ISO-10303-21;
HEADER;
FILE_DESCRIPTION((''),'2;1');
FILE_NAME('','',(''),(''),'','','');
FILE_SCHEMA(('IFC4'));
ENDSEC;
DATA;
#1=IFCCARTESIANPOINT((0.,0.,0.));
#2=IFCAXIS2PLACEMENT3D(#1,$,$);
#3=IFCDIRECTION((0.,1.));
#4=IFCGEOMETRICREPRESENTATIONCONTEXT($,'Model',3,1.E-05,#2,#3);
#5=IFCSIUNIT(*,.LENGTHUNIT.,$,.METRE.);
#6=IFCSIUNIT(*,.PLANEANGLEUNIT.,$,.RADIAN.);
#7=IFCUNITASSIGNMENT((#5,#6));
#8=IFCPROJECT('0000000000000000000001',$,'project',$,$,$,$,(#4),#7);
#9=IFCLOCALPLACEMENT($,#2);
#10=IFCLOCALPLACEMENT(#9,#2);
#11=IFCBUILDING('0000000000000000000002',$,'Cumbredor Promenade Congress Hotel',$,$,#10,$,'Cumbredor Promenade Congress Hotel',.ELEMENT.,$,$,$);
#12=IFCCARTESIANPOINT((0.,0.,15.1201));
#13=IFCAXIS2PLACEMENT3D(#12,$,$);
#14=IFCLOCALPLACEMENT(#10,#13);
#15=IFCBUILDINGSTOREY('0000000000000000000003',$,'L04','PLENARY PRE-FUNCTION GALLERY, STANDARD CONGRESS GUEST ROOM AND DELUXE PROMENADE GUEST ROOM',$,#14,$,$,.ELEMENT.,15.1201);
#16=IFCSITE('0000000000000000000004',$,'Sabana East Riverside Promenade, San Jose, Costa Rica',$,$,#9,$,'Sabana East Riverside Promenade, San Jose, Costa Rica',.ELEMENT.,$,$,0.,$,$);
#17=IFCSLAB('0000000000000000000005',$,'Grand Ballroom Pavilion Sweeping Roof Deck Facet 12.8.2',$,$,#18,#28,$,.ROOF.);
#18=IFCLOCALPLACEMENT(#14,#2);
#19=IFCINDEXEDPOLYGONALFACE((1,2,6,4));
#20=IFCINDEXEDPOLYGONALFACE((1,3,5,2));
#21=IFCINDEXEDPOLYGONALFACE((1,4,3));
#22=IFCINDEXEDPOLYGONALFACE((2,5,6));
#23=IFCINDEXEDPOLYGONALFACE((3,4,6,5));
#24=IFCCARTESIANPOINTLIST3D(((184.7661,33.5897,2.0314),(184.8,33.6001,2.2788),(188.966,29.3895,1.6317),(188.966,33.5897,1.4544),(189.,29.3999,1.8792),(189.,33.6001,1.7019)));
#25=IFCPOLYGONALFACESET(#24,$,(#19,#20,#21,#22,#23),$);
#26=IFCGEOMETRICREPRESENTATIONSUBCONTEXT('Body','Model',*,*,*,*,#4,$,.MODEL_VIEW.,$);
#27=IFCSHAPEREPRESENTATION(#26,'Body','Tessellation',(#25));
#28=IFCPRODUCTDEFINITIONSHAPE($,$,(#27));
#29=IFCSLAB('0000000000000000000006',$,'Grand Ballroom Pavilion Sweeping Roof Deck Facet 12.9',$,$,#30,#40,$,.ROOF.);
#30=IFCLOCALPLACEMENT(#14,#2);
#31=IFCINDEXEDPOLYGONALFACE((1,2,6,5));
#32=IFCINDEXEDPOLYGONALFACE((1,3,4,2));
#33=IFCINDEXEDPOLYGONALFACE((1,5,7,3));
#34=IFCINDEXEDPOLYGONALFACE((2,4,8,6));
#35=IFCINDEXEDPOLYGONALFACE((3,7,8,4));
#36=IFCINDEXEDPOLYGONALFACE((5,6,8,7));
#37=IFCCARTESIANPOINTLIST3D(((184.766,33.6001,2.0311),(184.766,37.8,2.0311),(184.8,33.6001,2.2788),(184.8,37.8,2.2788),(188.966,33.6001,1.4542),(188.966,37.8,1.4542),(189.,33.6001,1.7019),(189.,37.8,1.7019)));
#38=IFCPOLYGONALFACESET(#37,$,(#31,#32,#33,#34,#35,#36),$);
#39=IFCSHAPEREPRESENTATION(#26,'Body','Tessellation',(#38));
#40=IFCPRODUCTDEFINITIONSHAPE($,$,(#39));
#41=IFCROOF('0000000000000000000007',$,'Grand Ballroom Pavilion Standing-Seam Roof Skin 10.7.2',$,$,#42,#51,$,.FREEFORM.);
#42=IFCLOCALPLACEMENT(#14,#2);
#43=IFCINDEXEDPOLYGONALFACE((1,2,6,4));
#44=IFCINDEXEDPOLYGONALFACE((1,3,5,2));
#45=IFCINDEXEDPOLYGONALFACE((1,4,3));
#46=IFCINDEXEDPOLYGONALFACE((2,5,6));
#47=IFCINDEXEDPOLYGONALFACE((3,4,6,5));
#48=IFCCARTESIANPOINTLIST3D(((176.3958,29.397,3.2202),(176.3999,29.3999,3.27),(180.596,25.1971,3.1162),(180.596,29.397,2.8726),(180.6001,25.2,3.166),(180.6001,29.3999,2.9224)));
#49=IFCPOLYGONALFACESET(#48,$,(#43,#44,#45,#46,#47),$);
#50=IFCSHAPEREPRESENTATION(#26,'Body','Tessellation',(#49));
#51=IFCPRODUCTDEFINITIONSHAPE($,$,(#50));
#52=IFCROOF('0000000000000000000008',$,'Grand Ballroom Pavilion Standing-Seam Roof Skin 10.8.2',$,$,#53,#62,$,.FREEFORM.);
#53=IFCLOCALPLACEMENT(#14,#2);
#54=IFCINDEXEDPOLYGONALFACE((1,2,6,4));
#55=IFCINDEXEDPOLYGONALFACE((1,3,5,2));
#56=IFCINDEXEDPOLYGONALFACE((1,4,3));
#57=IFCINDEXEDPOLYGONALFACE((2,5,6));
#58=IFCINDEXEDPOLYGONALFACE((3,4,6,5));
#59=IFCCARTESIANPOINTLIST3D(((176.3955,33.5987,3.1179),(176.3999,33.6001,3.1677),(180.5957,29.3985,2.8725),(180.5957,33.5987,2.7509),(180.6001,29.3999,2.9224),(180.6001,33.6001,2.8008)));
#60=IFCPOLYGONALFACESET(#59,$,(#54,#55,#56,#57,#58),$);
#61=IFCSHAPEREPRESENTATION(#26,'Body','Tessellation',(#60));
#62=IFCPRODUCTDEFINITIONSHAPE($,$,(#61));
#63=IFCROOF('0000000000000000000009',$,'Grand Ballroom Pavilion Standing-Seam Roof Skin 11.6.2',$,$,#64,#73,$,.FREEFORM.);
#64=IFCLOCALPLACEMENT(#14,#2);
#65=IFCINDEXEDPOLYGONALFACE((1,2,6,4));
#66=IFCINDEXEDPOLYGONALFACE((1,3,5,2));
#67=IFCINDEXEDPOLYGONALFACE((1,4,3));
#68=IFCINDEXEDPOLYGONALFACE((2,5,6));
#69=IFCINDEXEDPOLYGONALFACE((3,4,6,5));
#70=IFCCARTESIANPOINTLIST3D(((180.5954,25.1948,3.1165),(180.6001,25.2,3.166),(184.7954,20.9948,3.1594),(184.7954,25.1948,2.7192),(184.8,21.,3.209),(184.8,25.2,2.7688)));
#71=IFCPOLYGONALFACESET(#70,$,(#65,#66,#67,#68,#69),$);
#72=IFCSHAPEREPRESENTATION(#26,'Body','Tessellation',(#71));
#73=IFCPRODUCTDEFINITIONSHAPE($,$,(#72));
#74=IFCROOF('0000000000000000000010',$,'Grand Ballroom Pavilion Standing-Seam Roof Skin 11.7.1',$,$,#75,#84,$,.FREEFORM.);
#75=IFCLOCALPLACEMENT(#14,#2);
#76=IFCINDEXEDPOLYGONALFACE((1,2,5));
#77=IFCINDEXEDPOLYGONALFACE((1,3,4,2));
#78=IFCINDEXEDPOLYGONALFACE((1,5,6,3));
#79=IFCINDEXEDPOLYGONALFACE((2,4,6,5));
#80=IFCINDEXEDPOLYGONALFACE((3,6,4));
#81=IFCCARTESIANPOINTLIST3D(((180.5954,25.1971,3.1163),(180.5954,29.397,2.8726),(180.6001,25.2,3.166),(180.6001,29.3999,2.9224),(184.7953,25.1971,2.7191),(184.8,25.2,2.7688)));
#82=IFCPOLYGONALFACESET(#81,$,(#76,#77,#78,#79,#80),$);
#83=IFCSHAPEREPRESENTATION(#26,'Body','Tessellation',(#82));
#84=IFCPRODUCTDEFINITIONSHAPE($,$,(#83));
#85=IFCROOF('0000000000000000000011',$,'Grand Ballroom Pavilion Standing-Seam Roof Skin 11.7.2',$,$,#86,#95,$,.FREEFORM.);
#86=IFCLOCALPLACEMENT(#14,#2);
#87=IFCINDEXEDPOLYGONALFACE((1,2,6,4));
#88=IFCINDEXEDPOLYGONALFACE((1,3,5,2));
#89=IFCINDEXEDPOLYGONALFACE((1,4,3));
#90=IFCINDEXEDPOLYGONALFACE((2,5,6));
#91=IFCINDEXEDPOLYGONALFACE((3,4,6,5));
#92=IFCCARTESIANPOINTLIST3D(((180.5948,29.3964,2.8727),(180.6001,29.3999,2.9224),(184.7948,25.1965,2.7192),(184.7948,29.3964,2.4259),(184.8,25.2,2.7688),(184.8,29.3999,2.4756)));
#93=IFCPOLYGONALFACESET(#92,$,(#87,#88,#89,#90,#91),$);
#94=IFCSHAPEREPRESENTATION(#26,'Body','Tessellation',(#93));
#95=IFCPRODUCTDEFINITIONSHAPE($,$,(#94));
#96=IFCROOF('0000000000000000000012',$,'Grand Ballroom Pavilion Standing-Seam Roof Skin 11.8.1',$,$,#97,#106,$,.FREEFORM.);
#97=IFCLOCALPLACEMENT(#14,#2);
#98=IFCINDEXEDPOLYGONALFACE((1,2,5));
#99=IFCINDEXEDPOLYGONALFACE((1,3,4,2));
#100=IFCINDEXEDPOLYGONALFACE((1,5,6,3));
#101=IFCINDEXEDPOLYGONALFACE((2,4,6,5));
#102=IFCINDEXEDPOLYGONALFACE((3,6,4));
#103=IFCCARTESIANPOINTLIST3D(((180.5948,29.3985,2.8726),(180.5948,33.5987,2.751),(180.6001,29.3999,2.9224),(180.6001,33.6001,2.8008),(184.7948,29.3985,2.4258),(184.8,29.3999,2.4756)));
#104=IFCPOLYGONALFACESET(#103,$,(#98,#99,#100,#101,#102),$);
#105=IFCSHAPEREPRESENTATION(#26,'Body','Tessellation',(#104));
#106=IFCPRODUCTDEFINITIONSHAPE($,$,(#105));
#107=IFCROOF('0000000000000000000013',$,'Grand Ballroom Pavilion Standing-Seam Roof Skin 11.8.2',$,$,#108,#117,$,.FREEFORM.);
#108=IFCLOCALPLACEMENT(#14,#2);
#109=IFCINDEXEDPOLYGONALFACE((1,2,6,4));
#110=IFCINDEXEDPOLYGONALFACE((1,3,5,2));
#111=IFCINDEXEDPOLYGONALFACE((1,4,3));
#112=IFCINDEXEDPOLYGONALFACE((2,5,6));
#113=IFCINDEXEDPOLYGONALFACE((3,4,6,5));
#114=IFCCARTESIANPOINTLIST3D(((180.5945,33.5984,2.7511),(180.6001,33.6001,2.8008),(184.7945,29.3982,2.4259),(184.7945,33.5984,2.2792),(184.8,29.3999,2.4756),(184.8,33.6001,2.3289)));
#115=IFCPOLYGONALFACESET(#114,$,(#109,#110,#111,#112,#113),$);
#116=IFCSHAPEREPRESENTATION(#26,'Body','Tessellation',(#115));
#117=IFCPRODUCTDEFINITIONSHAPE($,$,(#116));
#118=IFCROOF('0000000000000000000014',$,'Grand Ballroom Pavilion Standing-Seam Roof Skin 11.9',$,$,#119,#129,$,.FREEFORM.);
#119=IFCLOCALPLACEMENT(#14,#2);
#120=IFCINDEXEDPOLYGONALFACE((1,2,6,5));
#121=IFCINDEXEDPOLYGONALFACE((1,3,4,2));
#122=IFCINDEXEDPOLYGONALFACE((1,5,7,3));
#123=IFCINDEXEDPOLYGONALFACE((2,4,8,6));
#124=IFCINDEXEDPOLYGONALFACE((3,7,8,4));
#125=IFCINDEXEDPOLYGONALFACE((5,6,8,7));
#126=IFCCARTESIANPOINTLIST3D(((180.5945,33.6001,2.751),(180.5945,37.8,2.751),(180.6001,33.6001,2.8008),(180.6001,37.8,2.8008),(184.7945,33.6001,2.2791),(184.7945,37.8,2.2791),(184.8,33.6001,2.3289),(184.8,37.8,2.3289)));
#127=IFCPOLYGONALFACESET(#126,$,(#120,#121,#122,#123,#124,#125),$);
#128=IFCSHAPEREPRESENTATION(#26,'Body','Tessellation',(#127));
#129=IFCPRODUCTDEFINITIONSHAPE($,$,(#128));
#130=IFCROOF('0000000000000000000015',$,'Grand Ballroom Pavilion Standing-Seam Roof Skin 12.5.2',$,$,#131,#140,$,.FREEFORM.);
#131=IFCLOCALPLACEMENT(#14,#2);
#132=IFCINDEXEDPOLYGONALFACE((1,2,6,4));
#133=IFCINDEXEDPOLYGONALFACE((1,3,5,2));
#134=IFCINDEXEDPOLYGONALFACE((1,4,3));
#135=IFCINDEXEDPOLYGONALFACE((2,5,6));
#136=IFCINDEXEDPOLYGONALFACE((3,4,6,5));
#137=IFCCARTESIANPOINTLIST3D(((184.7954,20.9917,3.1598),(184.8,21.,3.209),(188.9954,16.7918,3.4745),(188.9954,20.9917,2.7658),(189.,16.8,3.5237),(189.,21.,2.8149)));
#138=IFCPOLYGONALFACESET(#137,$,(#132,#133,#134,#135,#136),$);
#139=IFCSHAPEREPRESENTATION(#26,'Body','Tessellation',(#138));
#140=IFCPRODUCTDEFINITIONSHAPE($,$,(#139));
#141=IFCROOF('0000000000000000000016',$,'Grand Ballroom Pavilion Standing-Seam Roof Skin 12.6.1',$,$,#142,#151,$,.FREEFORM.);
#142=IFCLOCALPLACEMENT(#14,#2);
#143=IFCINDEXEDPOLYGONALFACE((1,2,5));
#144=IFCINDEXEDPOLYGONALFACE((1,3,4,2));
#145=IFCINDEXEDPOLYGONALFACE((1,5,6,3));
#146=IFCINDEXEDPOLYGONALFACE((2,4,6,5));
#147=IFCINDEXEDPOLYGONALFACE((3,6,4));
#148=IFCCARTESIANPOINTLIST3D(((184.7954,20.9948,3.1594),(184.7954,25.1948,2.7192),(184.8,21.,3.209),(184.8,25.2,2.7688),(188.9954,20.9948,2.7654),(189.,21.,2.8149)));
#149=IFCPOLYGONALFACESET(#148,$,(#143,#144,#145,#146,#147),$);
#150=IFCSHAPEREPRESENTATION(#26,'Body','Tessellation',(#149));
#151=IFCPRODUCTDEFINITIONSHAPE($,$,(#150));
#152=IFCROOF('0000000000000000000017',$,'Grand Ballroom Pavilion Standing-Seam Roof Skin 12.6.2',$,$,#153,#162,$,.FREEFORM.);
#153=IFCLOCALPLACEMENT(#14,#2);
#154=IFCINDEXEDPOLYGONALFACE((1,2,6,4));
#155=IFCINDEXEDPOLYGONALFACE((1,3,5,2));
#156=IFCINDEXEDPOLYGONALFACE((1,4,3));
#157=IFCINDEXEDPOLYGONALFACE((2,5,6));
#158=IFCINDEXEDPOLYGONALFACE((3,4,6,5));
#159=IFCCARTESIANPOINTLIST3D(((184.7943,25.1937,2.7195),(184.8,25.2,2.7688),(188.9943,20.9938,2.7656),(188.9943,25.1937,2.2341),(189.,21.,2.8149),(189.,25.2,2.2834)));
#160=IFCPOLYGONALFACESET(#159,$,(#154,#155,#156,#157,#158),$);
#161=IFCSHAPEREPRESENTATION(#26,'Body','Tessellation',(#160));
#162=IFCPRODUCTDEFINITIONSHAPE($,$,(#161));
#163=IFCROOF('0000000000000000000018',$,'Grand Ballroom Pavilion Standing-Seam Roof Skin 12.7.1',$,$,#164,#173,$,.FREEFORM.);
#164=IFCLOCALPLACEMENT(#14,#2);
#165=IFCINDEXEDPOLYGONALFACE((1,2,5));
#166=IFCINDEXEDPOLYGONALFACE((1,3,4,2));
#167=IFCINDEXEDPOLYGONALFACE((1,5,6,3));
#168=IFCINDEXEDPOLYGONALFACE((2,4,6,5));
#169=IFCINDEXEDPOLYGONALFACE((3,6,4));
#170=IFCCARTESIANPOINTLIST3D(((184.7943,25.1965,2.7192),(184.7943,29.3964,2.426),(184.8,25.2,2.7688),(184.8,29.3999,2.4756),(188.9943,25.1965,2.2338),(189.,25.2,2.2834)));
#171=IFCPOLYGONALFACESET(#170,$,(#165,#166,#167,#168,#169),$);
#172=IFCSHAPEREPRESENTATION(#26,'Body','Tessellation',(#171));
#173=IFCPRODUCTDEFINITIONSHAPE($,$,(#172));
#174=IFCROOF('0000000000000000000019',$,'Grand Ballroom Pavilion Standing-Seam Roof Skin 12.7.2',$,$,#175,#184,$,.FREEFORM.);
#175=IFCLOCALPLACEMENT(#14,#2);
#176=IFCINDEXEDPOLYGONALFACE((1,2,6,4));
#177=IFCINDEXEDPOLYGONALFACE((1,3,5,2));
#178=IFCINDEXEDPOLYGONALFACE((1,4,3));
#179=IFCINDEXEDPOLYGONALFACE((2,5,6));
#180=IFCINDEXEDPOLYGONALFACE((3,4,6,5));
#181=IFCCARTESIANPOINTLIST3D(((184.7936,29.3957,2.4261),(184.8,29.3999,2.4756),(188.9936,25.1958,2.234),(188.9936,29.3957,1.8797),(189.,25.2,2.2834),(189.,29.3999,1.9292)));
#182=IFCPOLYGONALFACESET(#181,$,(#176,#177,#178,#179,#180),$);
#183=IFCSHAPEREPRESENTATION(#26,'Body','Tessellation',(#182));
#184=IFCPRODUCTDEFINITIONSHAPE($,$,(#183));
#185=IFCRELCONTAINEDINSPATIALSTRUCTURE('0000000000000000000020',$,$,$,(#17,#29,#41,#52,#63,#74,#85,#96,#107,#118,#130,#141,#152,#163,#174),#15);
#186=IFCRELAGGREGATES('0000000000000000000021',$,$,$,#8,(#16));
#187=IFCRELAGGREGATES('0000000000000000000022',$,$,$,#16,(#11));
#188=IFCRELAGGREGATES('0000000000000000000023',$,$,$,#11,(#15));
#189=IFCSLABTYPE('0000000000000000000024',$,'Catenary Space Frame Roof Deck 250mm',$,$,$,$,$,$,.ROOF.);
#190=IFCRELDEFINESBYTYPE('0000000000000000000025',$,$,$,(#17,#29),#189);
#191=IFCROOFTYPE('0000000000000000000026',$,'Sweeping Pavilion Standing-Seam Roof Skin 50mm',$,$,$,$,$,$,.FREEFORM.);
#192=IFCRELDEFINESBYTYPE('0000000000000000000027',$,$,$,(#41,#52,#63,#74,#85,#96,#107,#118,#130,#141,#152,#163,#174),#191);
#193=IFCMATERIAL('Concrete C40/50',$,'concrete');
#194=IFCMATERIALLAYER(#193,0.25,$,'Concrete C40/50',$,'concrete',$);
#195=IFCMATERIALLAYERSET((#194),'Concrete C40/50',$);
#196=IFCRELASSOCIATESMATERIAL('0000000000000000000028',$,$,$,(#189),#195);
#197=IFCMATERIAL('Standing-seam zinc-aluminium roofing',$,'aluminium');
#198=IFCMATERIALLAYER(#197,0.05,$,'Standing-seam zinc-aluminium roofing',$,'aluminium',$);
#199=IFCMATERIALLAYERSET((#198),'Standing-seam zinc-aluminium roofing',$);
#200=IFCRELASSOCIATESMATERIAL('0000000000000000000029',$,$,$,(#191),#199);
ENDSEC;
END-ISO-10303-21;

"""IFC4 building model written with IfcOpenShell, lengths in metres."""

from ifc_helpers import new_model, si_unit, direction, frame, origin, place, context, subcontext, project, spatial, polyline, outline, extrude, material, layer, layer_set, type_object, element, save


model = new_model("IFC4")

# Units and contexts
model_context = context("Model", 3, precision=1e-05, world=origin(), true_north=direction((0.0, 1.0)))
body_context = subcontext(model_context, "Body", "Model", "MODEL_VIEW")
ifc_project = project(units=[si_unit("LENGTHUNIT", "METRE"), si_unit("PLANEANGLEUNIT", "RADIAN")], contexts=[model_context])

# Site, building, storey
site_placement = place(None, origin())
site = spatial("IfcSite", under=ifc_project, at=site_placement, Name="Sabana East Riverside Promenade, San Jose, Costa Rica", LongName="Sabana East Riverside Promenade, San Jose, Costa Rica", CompositionType="ELEMENT", RefElevation=0.0)
building_placement = place(site_placement, origin())
building = spatial("IfcBuilding", under=site, at=building_placement, Name="Cumbredor Promenade Congress Hotel", LongName="Cumbredor Promenade Congress Hotel", CompositionType="ELEMENT")
storey_placement = place(building_placement, frame((0.0, 0.0, 15.1201)))
storey = spatial("IfcBuildingStorey", under=building, at=storey_placement, Name="L04", Description="PLENARY PRE-FUNCTION GALLERY, STANDARD CONGRESS GUEST ROOM AND DELUXE PROMENADE GUEST ROOM", CompositionType="ELEMENT", Elevation=15.1201)

# Slabs
ifc_material_1 = material(Name="Concrete C40/50", Category="concrete")
ifc_layer_1 = layer(ifc_material_1, 0.25, Name="Concrete C40/50", Category="concrete")
ifc_layer_set_1 = layer_set([ifc_layer_1], Name="Concrete C40/50")
slab_type = type_object("IfcSlabType", Name="Catenary Space Frame Roof Deck 250mm", PredefinedType="ROOF", material=ifc_layer_set_1)
slab_1_placement = place(storey_placement, frame((189.0, 29.3999, 1.8792), z_axis=(0.135963, 0.04177, 0.989833), x_axis=(0.0, 0.999111, -0.042162)))
element("IfcSlab", 1, at=slab_1_placement, inside=storey, type_object=slab_type, Name="Grand Ballroom Pavilion Sweeping Roof Deck Facet 12.8.2", PredefinedType="ROOF", context=body_context, shape_type="SweptSolid", body=[
    extrude(outline(polyline([(0.0, 0.0), (4.2039, 0.0), (4.1796, 4.2393), (0.0, 0.0)])), origin(), (0.0, 0.0, -1.0), 0.25),
])
slab_2_placement = place(storey_placement, frame((184.8, 33.6001, 2.2788), z_axis=(0.136082, 0.0, 0.990698), x_axis=(0.990698, 0.0, -0.136082)))
element("IfcSlab", 2, at=slab_2_placement, inside=storey, type_object=slab_type, Name="Grand Ballroom Pavilion Sweeping Roof Deck Facet 12.9", PredefinedType="ROOF", context=body_context, shape_type="SweptSolid", body=[
    extrude(outline(polyline([(0.0, 0.0), (4.2394, 0.0), (4.2394, 4.2), (0.0, 4.2), (0.0, 0.0)])), origin(), (0.0, 0.0, -1.0), 0.25),
])

# Roofs
ifc_material_2 = material(Name="Standing-seam zinc-aluminium roofing", Category="aluminium")
ifc_layer_2 = layer(ifc_material_2, 0.05, Name="Standing-seam zinc-aluminium roofing", Category="aluminium")
ifc_layer_set_2 = layer_set([ifc_layer_2], Name="Standing-seam zinc-aluminium roofing")
roof_type = type_object("IfcRoofType", Name="Sweeping Pavilion Standing-Seam Roof Skin 50mm", PredefinedType="FREEFORM", material=ifc_layer_set_2)
roof_1_placement = place(storey_placement, frame((180.6001, 25.2, 3.166), z_axis=(0.082352, 0.057719, 0.99493), x_axis=(0.0, 0.998321, -0.057916)))
element("IfcRoof", 3, at=roof_1_placement, inside=storey, type_object=roof_type, Name="Grand Ballroom Pavilion Standing-Seam Roof Skin 10.7.2", PredefinedType="FREEFORM", context=body_context, shape_type="SweptSolid", body=[
    extrude(outline(polyline([(0.0, 0.0), (4.207, 0.0), (4.1869, 4.2145), (0.0, 0.0)])), origin(), (0.0, 0.0, -1.0), 0.05),
])
roof_2_placement = place(storey_placement, frame((180.6001, 29.3999, 2.9224), z_axis=(0.086996, 0.028825, 0.995792), x_axis=(0.0, 0.999581, -0.028935)))
element("IfcRoof", 4, at=roof_2_placement, inside=storey, type_object=roof_type, Name="Grand Ballroom Pavilion Standing-Seam Roof Skin 10.8.2", PredefinedType="FREEFORM", context=body_context, shape_type="SweptSolid", body=[
    extrude(outline(polyline([(0.0, 0.0), (4.202, 0.0), (4.1913, 4.2162), (0.0, 0.0)])), origin(), (0.0, 0.0, -1.0), 0.05),
])
roof_3_placement = place(storey_placement, frame((184.8, 21.0, 3.209), z_axis=(0.093648, 0.103778, 0.990182), x_axis=(0.0, 0.994553, -0.104236)))
element("IfcRoof", 5, at=roof_3_placement, inside=storey, type_object=roof_type, Name="Grand Ballroom Pavilion Standing-Seam Roof Skin 11.6.2", PredefinedType="FREEFORM", context=body_context, shape_type="SweptSolid", body=[
    extrude(outline(polyline([(0.0, 0.0), (4.223, 0.0), (4.1816, 4.2185), (0.0, 0.0)])), origin(), (0.0, 0.0, -1.0), 0.05),
])
roof_4_placement = place(storey_placement, frame((180.6001, 25.2, 3.166), z_axis=(0.094, 0.057659, 0.993901), x_axis=(0.995557, 0.0, -0.094156)))
element("IfcRoof", 6, at=roof_4_placement, inside=storey, type_object=roof_type, Name="Grand Ballroom Pavilion Standing-Seam Roof Skin 11.7.1", PredefinedType="FREEFORM", context=body_context, shape_type="SweptSolid", body=[
    extrude(outline(polyline([(0.0, 0.0), (4.2187, 0.0), (0.0229, 4.207), (0.0, 0.0)])), origin(), (0.0, 0.0, -1.0), 0.05),
])
roof_5_placement = place(storey_placement, frame((184.8, 25.2, 2.7688), z_axis=(0.105526, 0.069255, 0.992002), x_axis=(0.0, 0.997572, -0.069644)))
element("IfcRoof", 7, at=roof_5_placement, inside=storey, type_object=roof_type, Name="Grand Ballroom Pavilion Standing-Seam Roof Skin 11.7.2", PredefinedType="FREEFORM", context=body_context, shape_type="SweptSolid", body=[
    extrude(outline(polyline([(0.0, 0.0), (4.2102, 0.0), (4.1791, 4.2235), (0.0, 0.0)])), origin(), (0.0, 0.0, -1.0), 0.05),
])
roof_6_placement = place(storey_placement, frame((180.6001, 29.3999, 2.9224), z_axis=(0.105736, 0.028772, 0.993978), x_axis=(0.99439, 0.0, -0.10578)))
element("IfcRoof", 8, at=roof_6_placement, inside=storey, type_object=roof_type, Name="Grand Ballroom Pavilion Standing-Seam Roof Skin 11.8.1", PredefinedType="FREEFORM", context=body_context, shape_type="SweptSolid", body=[
    extrude(outline(polyline([(0.0, 0.0), (4.2236, 0.0), (0.0129, 4.2019), (0.0, 0.0)])), origin(), (0.0, 0.0, -1.0), 0.05),
])
roof_7_placement = place(storey_placement, frame((184.8, 29.3999, 2.4756), z_axis=(0.111594, 0.034694, 0.993148), x_axis=(0.0, 0.99939, -0.034912)))
element("IfcRoof", 9, at=roof_7_placement, inside=storey, type_object=roof_type, Name="Grand Ballroom Pavilion Standing-Seam Roof Skin 11.8.2", PredefinedType="FREEFORM", context=body_context, shape_type="SweptSolid", body=[
    extrude(outline(polyline([(0.0, 0.0), (4.2028, 0.0), (4.1863, 4.2263), (0.0, 0.0)])), origin(), (0.0, 0.0, -1.0), 0.05),
])
roof_8_placement = place(storey_placement, frame((180.6001, 33.6001, 2.8008), z_axis=(0.111661, 0.0, 0.993746), x_axis=(0.993746, 0.0, -0.111661)))
element("IfcRoof", 10, at=roof_8_placement, inside=storey, type_object=roof_type, Name="Grand Ballroom Pavilion Standing-Seam Roof Skin 11.9", PredefinedType="FREEFORM", context=body_context, shape_type="SweptSolid", body=[
    extrude(outline(polyline([(0.0, 0.0), (4.2264, 0.0), (4.2264, 4.2), (0.0, 4.2), (0.0, 0.0)])), origin(), (0.0, 0.0, -1.0), 0.05),
])
roof_9_placement = place(storey_placement, frame((189.0, 16.8, 3.5237), z_axis=(0.09212, 0.16569, 0.981866), x_axis=(0.0, 0.986059, -0.166397)))
element("IfcRoof", 11, at=roof_9_placement, inside=storey, type_object=roof_type, Name="Grand Ballroom Pavilion Standing-Seam Roof Skin 12.5.2", PredefinedType="FREEFORM", context=body_context, shape_type="SweptSolid", body=[
    extrude(outline(polyline([(0.0, 0.0), (4.2593, 0.0), (4.1938, 4.2179), (0.0, 0.0)])), origin(), (0.0, 0.0, -1.0), 0.05),
])
roof_10_placement = place(storey_placement, frame((184.8, 21.0, 3.209), z_axis=(0.092906, 0.103786, 0.990251), x_axis=(0.995628, 0.0, -0.093411)))
element("IfcRoof", 12, at=roof_10_placement, inside=storey, type_object=roof_type, Name="Grand Ballroom Pavilion Standing-Seam Roof Skin 12.6.1", PredefinedType="FREEFORM", context=body_context, shape_type="SweptSolid", body=[
    extrude(outline(polyline([(0.0, 0.0), (4.2184, 0.0), (0.0411, 4.2228), (0.0, 0.0)])), origin(), (0.0, 0.0, -1.0), 0.05),
])
roof_11_placement = place(storey_placement, frame((189.0, 21.0, 2.8149), z_axis=(0.113901, 0.124729, 0.985631), x_axis=(0.0, 0.992088, -0.125546)))
element("IfcRoof", 13, at=roof_11_placement, inside=storey, type_object=roof_type, Name="Grand Ballroom Pavilion Standing-Seam Roof Skin 12.6.2", PredefinedType="FREEFORM", context=body_context, shape_type="SweptSolid", body=[
    extrude(outline(polyline([(0.0, 0.0), (4.2334, 0.0), (4.1725, 4.2275), (0.0, 0.0)])), origin(), (0.0, 0.0, -1.0), 0.05),
])
roof_12_placement = place(storey_placement, frame((184.8, 25.2, 2.7688), z_axis=(0.114522, 0.069186, 0.991009), x_axis=(0.993389, 0.0, -0.114797)))
element("IfcRoof", 14, at=roof_12_placement, inside=storey, type_object=roof_type, Name="Grand Ballroom Pavilion Standing-Seam Roof Skin 12.7.1", PredefinedType="FREEFORM", context=body_context, shape_type="SweptSolid", body=[
    extrude(outline(polyline([(0.0, 0.0), (4.2279, 0.0), (0.0337, 4.21), (0.0, 0.0)])), origin(), (0.0, 0.0, -1.0), 0.05),
])
roof_13_placement = place(storey_placement, frame((189.0, 25.2, 2.2834), z_axis=(0.128558, 0.08335, 0.988193), x_axis=(0.0, 0.996462, -0.084047)))
element("IfcRoof", 15, at=roof_13_placement, inside=storey, type_object=roof_type, Name="Grand Ballroom Pavilion Standing-Seam Roof Skin 12.7.2", PredefinedType="FREEFORM", context=body_context, shape_type="SweptSolid", body=[
    extrude(outline(polyline([(0.0, 0.0), (4.2149, 0.0), (4.1689, 4.2351), (0.0, 0.0)])), origin(), (0.0, 0.0, -1.0), 0.05),
])

save(model, "model.ifc")
